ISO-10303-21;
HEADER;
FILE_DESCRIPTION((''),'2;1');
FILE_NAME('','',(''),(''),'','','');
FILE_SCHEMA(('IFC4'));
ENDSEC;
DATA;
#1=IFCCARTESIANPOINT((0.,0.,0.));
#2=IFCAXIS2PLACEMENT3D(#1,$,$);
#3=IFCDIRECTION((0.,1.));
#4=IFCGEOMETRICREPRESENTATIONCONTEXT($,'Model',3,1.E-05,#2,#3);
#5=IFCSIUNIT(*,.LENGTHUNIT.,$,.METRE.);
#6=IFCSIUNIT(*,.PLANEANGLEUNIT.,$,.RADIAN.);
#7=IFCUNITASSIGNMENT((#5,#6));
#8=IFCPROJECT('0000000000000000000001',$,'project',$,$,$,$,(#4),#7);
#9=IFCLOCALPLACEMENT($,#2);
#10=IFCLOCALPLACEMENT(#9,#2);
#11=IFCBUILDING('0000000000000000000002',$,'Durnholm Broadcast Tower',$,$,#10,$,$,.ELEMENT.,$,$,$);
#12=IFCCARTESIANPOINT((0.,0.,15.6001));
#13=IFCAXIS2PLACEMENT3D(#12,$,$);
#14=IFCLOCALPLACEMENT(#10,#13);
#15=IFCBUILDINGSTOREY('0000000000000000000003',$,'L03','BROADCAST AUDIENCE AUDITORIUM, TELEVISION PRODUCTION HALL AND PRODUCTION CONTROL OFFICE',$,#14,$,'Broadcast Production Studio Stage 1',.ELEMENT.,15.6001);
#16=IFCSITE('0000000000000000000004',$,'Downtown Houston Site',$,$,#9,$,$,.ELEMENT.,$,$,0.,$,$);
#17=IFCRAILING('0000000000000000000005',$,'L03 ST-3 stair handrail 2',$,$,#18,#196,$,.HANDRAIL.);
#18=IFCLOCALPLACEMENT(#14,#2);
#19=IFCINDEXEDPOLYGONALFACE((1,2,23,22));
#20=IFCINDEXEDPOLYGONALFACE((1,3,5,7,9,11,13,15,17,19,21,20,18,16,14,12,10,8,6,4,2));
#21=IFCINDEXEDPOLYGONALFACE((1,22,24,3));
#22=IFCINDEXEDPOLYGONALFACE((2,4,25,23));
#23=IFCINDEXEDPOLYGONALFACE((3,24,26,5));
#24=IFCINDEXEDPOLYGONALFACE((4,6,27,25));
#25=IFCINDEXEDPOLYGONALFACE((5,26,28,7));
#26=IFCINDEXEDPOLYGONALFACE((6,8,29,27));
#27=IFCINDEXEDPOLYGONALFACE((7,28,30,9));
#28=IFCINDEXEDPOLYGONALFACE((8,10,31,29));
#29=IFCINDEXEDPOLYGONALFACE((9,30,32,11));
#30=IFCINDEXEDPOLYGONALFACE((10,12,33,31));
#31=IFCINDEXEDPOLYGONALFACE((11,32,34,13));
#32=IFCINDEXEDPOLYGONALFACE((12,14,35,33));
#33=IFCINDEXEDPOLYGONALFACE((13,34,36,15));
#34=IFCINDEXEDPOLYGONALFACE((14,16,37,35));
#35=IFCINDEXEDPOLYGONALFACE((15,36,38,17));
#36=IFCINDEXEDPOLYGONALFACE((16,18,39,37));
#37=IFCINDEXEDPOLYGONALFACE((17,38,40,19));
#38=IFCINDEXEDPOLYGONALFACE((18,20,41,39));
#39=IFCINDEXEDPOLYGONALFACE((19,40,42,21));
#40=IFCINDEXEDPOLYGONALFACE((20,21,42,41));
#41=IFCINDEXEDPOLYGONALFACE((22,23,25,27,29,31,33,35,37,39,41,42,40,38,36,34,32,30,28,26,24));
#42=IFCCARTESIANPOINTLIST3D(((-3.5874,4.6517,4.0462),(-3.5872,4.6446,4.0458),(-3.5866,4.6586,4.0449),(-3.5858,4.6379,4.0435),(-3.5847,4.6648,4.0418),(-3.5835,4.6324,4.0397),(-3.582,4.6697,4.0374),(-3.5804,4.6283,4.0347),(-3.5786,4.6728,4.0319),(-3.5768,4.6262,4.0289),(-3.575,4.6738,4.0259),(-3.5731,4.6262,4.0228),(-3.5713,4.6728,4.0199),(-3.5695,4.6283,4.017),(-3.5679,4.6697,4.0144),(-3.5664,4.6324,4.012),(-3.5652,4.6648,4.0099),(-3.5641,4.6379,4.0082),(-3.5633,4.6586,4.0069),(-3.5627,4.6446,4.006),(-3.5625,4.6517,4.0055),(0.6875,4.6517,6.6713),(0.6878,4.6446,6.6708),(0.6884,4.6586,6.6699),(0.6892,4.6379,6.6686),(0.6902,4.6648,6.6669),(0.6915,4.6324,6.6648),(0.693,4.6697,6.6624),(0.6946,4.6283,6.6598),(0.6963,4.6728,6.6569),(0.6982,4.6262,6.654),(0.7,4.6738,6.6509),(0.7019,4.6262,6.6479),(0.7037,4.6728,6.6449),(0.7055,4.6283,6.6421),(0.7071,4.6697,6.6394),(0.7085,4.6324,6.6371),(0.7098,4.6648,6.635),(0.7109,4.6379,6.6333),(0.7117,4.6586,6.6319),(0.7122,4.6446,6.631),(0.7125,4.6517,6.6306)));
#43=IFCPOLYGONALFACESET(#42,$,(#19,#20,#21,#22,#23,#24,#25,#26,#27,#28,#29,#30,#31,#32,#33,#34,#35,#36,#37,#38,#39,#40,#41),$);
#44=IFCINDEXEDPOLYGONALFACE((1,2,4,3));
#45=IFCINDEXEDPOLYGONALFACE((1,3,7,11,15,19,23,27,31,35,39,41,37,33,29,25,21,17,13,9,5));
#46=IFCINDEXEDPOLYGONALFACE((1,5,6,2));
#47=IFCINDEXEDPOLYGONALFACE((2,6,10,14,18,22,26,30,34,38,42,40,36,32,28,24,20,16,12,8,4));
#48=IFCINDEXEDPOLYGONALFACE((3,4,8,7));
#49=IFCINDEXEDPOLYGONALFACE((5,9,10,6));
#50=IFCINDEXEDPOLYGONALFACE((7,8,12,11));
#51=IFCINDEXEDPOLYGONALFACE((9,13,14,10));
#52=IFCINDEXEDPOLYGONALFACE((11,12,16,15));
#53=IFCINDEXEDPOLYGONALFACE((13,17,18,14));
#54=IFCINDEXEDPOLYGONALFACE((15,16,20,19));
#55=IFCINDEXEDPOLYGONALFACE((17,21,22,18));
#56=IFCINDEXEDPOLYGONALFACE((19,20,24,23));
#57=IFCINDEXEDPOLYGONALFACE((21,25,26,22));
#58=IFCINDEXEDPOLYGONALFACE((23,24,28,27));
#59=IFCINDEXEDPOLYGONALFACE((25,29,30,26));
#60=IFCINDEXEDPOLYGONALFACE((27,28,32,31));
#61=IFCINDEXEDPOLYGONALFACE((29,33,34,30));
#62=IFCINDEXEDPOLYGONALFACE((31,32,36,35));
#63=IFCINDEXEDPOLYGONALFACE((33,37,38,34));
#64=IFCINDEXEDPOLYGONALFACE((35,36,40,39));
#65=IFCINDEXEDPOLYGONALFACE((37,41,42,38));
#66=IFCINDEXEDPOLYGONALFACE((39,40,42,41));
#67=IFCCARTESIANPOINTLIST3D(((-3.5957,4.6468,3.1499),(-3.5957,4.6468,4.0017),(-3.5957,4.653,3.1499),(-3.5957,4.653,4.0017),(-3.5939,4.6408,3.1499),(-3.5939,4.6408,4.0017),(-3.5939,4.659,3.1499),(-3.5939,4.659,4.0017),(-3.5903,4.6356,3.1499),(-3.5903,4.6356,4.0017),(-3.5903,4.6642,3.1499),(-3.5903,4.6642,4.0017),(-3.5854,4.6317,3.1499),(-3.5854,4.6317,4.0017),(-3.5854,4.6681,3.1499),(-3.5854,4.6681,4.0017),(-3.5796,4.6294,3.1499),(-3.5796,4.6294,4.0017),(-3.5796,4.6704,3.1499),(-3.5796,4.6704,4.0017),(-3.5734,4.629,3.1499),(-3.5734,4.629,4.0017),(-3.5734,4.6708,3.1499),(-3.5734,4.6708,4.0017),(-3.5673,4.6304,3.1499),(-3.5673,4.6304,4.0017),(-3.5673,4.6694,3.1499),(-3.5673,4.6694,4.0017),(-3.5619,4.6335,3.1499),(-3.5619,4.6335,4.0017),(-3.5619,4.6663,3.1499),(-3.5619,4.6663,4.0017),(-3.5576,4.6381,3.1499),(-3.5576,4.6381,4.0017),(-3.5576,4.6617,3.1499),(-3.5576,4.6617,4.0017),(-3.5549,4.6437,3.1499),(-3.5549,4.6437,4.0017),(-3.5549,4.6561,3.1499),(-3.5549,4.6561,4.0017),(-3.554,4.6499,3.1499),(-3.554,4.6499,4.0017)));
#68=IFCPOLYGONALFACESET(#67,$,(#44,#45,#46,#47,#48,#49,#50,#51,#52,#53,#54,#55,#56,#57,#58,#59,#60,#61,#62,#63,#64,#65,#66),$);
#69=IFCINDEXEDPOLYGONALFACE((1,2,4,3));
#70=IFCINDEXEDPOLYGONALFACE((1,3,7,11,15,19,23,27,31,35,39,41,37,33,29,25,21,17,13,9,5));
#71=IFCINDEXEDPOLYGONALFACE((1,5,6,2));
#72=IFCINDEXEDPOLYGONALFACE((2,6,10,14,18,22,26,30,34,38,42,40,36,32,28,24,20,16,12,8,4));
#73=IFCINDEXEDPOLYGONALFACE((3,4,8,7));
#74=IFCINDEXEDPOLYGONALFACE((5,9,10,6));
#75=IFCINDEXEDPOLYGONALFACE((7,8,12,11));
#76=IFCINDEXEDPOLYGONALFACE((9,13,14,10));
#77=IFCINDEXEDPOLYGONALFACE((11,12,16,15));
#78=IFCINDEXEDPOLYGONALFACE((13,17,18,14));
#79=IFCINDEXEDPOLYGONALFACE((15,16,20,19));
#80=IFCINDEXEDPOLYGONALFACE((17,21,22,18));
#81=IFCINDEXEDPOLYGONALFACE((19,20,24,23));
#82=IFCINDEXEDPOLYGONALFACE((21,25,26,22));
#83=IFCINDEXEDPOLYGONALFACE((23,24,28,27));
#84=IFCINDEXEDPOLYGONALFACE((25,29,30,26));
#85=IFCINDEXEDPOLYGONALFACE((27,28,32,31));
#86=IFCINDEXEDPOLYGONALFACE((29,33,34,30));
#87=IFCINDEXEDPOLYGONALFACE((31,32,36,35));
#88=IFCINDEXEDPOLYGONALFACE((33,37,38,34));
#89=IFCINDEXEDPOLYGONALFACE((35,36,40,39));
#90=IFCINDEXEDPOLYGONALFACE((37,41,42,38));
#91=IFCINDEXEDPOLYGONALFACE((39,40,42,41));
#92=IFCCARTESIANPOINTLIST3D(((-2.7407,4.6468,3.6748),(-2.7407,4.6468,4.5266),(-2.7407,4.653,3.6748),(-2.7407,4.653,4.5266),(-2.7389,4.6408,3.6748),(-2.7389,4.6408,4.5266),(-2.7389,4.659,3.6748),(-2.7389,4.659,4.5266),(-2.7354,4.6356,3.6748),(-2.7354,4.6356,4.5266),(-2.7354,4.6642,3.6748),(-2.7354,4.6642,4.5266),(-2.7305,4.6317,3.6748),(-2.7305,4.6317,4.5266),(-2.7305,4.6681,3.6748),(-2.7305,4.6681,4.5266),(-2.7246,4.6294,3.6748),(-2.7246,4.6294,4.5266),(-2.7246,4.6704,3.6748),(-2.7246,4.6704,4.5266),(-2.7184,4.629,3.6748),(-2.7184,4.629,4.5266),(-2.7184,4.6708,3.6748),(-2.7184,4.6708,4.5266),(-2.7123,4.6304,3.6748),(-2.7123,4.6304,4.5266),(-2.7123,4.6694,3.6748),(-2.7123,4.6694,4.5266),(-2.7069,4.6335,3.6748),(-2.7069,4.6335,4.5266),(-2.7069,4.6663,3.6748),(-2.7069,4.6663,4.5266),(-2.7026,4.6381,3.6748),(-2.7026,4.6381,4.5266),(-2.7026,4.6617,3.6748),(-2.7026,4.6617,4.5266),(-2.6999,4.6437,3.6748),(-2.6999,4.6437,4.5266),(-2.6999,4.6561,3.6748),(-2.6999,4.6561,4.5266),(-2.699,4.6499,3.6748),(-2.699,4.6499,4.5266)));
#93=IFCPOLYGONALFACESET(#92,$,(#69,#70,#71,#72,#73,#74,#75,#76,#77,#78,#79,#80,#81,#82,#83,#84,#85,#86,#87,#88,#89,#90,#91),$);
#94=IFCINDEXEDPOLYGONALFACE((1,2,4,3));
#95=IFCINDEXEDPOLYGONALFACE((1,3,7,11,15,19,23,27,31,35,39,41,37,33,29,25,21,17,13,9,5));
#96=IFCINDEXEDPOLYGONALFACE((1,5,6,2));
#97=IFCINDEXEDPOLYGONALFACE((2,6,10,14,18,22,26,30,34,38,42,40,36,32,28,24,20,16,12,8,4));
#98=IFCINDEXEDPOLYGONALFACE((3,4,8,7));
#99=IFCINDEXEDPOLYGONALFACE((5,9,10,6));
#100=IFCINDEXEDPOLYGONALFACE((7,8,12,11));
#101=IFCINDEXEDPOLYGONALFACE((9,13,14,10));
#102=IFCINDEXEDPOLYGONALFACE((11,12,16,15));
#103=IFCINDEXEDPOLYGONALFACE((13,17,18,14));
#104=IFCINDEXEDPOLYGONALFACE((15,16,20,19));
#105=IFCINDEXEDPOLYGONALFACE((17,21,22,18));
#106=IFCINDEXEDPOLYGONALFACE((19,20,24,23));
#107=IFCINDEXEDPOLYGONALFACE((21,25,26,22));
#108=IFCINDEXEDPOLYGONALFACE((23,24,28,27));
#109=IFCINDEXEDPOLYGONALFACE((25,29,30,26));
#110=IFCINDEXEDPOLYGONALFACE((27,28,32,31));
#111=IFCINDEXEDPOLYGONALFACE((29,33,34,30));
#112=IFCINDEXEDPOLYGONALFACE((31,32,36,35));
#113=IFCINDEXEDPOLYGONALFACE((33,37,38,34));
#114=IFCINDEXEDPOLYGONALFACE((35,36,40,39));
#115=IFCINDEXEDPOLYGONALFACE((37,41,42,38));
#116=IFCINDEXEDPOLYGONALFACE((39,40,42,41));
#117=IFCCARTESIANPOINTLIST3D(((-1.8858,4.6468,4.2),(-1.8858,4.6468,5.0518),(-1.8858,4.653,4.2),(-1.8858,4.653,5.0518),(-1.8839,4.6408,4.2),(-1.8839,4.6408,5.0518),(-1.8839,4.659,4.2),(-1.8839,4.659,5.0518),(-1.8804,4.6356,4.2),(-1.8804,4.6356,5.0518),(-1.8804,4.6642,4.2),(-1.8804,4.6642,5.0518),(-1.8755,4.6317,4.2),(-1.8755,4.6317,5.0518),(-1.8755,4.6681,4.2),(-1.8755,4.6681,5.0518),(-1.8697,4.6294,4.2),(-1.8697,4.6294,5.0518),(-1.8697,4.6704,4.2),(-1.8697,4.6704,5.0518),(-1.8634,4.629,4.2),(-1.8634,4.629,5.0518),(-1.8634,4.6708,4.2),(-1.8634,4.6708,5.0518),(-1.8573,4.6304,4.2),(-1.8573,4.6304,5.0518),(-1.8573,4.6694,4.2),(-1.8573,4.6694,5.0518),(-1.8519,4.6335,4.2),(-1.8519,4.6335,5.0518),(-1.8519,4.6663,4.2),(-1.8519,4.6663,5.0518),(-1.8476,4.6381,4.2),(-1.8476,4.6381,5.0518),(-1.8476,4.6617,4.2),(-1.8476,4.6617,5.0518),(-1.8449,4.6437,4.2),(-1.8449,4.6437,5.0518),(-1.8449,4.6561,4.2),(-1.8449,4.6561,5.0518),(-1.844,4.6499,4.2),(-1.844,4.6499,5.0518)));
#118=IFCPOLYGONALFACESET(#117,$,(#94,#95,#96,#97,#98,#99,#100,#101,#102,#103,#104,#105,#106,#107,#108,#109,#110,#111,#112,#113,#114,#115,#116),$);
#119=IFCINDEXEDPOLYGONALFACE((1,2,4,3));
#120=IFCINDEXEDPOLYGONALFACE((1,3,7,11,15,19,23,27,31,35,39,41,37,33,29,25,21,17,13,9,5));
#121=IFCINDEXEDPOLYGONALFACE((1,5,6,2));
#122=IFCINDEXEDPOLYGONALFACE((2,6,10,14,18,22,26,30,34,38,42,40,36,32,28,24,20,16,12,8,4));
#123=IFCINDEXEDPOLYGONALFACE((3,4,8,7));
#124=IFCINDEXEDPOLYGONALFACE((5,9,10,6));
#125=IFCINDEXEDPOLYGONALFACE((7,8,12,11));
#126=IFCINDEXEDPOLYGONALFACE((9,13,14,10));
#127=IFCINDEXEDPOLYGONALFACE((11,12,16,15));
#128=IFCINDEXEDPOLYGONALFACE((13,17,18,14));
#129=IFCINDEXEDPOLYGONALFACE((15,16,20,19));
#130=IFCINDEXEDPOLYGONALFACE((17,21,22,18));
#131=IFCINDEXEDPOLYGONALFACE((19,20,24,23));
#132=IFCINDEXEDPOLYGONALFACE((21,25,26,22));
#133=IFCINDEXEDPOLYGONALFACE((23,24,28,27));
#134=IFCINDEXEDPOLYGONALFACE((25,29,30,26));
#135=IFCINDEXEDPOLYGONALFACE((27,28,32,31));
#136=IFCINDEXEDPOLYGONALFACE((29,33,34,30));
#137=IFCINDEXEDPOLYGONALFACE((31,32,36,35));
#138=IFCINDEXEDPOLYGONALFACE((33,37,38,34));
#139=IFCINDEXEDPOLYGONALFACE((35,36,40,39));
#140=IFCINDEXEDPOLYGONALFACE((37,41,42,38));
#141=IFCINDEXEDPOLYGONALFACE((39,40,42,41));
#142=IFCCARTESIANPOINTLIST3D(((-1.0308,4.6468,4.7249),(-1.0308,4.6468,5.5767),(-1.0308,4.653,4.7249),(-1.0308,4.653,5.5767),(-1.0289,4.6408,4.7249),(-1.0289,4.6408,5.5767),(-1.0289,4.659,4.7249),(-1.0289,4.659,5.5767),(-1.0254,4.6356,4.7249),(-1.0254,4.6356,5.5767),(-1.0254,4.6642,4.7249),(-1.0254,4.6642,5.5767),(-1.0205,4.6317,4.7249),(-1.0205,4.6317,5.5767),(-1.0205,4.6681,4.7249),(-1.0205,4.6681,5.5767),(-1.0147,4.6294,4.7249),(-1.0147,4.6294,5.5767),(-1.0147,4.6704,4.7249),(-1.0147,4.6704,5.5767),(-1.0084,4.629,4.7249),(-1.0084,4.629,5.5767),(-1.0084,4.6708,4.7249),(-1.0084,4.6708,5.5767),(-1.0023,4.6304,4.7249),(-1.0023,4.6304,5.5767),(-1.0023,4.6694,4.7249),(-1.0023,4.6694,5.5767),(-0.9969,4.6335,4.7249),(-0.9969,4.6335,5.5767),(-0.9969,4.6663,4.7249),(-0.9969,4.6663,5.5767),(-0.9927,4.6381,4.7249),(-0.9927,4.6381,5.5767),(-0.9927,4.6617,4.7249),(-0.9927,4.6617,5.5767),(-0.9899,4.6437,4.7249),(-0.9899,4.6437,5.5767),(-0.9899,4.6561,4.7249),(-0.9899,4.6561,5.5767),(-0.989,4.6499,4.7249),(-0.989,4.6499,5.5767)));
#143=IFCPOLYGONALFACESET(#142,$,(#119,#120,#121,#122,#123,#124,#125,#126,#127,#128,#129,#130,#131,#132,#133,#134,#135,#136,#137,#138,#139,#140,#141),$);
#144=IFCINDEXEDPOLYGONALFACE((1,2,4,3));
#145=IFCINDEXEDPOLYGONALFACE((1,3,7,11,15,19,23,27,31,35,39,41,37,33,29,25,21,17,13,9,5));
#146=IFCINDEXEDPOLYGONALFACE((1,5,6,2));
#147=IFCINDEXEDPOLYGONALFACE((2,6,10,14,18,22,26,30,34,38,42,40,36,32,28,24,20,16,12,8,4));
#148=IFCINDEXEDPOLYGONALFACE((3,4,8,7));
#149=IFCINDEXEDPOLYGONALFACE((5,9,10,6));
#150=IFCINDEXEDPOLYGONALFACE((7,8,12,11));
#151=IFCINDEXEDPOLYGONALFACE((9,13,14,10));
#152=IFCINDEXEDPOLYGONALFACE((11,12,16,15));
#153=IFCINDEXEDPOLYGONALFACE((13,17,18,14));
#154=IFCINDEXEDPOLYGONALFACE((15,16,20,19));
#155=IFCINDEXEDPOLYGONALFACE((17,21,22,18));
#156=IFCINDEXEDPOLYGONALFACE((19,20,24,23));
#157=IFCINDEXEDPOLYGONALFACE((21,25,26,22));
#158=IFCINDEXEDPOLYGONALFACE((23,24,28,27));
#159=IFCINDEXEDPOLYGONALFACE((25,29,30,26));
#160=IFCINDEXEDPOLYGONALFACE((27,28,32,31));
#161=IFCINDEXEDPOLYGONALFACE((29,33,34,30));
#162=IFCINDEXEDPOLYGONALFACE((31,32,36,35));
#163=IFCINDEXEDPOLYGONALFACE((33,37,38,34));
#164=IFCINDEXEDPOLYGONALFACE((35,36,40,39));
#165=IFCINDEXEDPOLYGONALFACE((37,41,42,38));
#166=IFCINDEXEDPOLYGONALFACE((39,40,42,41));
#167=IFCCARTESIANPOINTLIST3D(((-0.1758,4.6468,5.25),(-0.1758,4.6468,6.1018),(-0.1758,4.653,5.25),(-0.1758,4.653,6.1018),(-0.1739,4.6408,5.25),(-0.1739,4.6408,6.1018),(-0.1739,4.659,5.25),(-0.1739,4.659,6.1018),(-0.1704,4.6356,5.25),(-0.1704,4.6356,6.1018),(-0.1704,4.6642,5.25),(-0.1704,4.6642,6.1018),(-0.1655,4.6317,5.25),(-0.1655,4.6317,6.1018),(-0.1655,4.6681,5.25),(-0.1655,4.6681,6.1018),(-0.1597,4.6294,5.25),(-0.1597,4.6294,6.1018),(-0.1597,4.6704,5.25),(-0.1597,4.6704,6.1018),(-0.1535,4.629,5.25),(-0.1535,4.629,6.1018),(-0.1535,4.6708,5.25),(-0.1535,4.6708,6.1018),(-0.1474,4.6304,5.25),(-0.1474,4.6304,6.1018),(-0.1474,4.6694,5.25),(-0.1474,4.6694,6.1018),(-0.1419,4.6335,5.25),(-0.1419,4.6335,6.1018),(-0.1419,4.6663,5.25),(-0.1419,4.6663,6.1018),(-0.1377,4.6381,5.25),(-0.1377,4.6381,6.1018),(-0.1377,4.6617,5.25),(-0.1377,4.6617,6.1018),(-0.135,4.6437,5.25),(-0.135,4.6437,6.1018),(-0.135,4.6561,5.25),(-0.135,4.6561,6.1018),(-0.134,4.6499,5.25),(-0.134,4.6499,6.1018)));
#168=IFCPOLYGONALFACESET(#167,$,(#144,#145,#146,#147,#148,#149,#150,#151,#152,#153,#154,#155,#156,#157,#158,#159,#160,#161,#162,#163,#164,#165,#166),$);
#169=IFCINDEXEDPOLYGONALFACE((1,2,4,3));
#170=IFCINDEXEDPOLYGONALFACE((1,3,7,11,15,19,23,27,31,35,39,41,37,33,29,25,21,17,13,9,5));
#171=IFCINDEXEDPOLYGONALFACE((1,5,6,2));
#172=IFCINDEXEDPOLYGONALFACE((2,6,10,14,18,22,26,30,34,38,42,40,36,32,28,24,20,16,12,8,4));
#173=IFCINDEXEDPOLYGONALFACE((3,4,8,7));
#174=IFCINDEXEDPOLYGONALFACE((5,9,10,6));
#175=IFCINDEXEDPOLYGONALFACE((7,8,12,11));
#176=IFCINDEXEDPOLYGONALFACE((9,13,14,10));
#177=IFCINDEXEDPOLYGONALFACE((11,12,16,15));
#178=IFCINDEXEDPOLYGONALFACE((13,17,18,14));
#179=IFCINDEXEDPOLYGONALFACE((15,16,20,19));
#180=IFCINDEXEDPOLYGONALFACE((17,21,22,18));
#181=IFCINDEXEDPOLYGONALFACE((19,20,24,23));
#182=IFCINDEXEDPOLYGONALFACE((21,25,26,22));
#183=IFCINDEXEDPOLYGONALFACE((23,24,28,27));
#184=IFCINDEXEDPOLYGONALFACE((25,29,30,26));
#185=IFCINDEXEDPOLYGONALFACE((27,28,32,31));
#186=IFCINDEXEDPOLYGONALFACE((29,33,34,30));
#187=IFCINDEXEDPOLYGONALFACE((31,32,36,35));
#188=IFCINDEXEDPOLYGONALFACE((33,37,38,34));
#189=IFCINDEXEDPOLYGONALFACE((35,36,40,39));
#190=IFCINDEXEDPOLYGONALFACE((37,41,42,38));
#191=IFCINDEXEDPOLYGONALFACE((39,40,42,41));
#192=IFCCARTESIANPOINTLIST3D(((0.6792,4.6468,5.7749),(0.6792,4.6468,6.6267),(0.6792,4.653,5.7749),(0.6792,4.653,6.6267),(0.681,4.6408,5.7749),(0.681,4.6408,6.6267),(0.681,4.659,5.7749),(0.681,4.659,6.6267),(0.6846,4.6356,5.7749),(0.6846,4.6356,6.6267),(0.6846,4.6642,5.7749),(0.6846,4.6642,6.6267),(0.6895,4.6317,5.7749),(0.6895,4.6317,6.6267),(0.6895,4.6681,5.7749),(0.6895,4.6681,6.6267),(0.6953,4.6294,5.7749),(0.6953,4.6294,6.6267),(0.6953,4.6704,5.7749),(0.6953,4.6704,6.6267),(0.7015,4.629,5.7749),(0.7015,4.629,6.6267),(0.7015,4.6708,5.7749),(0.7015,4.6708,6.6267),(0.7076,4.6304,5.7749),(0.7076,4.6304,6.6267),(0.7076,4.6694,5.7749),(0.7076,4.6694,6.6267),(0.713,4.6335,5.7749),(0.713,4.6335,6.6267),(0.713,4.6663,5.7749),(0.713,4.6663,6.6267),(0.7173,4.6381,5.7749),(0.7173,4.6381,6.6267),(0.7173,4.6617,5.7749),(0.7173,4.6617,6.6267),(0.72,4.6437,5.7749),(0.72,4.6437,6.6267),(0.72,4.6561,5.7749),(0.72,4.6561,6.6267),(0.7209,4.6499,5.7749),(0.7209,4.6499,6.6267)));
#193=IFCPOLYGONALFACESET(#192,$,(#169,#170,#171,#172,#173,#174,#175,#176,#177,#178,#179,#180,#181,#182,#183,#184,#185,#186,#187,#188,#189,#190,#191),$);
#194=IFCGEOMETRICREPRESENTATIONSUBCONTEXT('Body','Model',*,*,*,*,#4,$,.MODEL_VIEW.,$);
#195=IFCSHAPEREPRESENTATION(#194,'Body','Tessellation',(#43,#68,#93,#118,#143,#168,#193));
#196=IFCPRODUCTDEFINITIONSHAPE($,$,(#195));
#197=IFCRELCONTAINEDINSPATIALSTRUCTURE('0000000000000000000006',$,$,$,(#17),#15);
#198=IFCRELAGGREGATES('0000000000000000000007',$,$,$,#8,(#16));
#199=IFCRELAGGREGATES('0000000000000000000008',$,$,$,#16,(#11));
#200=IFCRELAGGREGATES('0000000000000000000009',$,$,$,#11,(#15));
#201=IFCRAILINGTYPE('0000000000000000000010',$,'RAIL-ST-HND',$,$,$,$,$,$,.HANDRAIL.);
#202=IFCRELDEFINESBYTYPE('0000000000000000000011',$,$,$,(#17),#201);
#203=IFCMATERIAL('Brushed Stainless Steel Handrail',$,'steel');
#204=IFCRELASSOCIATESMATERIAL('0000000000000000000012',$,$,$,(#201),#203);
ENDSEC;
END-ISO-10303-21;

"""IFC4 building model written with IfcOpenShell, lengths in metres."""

from ifc_helpers import new_model, si_unit, direction, frame, origin, origin_2d, place, context, subcontext, project, spatial, circle, extrude, material, type_object, element, save


model = new_model("IFC4")

# Units and contexts
model_context = context("Model", 3, precision=1e-05, world=origin(), true_north=direction((0.0, 1.0)))
body_context = subcontext(model_context, "Body", "Model", "MODEL_VIEW")
ifc_project = project(units=[si_unit("LENGTHUNIT", "METRE"), si_unit("PLANEANGLEUNIT", "RADIAN")], contexts=[model_context])

# Site, building, storey
site_placement = place(None, origin())
site = spatial("IfcSite", under=ifc_project, at=site_placement, Name="Downtown Houston Site", CompositionType="ELEMENT", RefElevation=0.0)
building_placement = place(site_placement, origin())
building = spatial("IfcBuilding", under=site, at=building_placement, Name="Durnholm Broadcast Tower", CompositionType="ELEMENT")
storey_placement = place(building_placement, frame((0.0, 0.0, 15.6001)))
storey = spatial("IfcBuildingStorey", under=building, at=storey_placement, Name="L03", Description="BROADCAST AUDIENCE AUDITORIUM, TELEVISION PRODUCTION HALL AND PRODUCTION CONTROL OFFICE", LongName="Broadcast Production Studio Stage 1", CompositionType="ELEMENT", Elevation=15.6001)

# Railing
ifc_material_1 = material(Name="Brushed Stainless Steel Handrail", Category="steel")
railing_type_1 = type_object("IfcRailingType", Name="RAIL-ST-HND", PredefinedType="HANDRAIL", material=ifc_material_1)
railing_1_placement = place(storey_placement, frame((-3.575, 4.6499, 3.1499)))
element("IfcRailing", 1, at=railing_1_placement, inside=storey, type_object=railing_type_1, Name="L03 ST-3 stair handrail 2", PredefinedType="HANDRAIL", context=body_context, shape_type="SweptSolid", body=[
    extrude(circle(Radius=0.0239, at=origin_2d()), frame((0.0, 0.0, 0.876), z_axis=(0.852166, 0.0, 0.523272), x_axis=(0.0, 1.0, 0.0)), (0.0, 0.0, 1.0), 5.0166),
    extrude(circle(Radius=0.021, at=origin_2d()), origin(), (0.0, 0.0, 1.0), 0.8518),
    extrude(circle(Radius=0.021, at=origin_2d()), frame((0.855, 0.0, 0.5249)), (0.0, 0.0, 1.0), 0.8518),
    extrude(circle(Radius=0.021, at=origin_2d()), frame((1.71, 0.0, 1.05)), (0.0, 0.0, 1.0), 0.8518),
    extrude(circle(Radius=0.021, at=origin_2d()), frame((2.5649, 0.0, 1.575)), (0.0, 0.0, 1.0), 0.8518),
    extrude(circle(Radius=0.021, at=origin_2d()), frame((3.4199, 0.0, 2.1001)), (0.0, 0.0, 1.0), 0.8518),
    extrude(circle(Radius=0.021, at=origin_2d()), frame((4.2749, 0.0, 2.625)), (0.0, 0.0, 1.0), 0.8518),
])

save(model, "model.ifc")
